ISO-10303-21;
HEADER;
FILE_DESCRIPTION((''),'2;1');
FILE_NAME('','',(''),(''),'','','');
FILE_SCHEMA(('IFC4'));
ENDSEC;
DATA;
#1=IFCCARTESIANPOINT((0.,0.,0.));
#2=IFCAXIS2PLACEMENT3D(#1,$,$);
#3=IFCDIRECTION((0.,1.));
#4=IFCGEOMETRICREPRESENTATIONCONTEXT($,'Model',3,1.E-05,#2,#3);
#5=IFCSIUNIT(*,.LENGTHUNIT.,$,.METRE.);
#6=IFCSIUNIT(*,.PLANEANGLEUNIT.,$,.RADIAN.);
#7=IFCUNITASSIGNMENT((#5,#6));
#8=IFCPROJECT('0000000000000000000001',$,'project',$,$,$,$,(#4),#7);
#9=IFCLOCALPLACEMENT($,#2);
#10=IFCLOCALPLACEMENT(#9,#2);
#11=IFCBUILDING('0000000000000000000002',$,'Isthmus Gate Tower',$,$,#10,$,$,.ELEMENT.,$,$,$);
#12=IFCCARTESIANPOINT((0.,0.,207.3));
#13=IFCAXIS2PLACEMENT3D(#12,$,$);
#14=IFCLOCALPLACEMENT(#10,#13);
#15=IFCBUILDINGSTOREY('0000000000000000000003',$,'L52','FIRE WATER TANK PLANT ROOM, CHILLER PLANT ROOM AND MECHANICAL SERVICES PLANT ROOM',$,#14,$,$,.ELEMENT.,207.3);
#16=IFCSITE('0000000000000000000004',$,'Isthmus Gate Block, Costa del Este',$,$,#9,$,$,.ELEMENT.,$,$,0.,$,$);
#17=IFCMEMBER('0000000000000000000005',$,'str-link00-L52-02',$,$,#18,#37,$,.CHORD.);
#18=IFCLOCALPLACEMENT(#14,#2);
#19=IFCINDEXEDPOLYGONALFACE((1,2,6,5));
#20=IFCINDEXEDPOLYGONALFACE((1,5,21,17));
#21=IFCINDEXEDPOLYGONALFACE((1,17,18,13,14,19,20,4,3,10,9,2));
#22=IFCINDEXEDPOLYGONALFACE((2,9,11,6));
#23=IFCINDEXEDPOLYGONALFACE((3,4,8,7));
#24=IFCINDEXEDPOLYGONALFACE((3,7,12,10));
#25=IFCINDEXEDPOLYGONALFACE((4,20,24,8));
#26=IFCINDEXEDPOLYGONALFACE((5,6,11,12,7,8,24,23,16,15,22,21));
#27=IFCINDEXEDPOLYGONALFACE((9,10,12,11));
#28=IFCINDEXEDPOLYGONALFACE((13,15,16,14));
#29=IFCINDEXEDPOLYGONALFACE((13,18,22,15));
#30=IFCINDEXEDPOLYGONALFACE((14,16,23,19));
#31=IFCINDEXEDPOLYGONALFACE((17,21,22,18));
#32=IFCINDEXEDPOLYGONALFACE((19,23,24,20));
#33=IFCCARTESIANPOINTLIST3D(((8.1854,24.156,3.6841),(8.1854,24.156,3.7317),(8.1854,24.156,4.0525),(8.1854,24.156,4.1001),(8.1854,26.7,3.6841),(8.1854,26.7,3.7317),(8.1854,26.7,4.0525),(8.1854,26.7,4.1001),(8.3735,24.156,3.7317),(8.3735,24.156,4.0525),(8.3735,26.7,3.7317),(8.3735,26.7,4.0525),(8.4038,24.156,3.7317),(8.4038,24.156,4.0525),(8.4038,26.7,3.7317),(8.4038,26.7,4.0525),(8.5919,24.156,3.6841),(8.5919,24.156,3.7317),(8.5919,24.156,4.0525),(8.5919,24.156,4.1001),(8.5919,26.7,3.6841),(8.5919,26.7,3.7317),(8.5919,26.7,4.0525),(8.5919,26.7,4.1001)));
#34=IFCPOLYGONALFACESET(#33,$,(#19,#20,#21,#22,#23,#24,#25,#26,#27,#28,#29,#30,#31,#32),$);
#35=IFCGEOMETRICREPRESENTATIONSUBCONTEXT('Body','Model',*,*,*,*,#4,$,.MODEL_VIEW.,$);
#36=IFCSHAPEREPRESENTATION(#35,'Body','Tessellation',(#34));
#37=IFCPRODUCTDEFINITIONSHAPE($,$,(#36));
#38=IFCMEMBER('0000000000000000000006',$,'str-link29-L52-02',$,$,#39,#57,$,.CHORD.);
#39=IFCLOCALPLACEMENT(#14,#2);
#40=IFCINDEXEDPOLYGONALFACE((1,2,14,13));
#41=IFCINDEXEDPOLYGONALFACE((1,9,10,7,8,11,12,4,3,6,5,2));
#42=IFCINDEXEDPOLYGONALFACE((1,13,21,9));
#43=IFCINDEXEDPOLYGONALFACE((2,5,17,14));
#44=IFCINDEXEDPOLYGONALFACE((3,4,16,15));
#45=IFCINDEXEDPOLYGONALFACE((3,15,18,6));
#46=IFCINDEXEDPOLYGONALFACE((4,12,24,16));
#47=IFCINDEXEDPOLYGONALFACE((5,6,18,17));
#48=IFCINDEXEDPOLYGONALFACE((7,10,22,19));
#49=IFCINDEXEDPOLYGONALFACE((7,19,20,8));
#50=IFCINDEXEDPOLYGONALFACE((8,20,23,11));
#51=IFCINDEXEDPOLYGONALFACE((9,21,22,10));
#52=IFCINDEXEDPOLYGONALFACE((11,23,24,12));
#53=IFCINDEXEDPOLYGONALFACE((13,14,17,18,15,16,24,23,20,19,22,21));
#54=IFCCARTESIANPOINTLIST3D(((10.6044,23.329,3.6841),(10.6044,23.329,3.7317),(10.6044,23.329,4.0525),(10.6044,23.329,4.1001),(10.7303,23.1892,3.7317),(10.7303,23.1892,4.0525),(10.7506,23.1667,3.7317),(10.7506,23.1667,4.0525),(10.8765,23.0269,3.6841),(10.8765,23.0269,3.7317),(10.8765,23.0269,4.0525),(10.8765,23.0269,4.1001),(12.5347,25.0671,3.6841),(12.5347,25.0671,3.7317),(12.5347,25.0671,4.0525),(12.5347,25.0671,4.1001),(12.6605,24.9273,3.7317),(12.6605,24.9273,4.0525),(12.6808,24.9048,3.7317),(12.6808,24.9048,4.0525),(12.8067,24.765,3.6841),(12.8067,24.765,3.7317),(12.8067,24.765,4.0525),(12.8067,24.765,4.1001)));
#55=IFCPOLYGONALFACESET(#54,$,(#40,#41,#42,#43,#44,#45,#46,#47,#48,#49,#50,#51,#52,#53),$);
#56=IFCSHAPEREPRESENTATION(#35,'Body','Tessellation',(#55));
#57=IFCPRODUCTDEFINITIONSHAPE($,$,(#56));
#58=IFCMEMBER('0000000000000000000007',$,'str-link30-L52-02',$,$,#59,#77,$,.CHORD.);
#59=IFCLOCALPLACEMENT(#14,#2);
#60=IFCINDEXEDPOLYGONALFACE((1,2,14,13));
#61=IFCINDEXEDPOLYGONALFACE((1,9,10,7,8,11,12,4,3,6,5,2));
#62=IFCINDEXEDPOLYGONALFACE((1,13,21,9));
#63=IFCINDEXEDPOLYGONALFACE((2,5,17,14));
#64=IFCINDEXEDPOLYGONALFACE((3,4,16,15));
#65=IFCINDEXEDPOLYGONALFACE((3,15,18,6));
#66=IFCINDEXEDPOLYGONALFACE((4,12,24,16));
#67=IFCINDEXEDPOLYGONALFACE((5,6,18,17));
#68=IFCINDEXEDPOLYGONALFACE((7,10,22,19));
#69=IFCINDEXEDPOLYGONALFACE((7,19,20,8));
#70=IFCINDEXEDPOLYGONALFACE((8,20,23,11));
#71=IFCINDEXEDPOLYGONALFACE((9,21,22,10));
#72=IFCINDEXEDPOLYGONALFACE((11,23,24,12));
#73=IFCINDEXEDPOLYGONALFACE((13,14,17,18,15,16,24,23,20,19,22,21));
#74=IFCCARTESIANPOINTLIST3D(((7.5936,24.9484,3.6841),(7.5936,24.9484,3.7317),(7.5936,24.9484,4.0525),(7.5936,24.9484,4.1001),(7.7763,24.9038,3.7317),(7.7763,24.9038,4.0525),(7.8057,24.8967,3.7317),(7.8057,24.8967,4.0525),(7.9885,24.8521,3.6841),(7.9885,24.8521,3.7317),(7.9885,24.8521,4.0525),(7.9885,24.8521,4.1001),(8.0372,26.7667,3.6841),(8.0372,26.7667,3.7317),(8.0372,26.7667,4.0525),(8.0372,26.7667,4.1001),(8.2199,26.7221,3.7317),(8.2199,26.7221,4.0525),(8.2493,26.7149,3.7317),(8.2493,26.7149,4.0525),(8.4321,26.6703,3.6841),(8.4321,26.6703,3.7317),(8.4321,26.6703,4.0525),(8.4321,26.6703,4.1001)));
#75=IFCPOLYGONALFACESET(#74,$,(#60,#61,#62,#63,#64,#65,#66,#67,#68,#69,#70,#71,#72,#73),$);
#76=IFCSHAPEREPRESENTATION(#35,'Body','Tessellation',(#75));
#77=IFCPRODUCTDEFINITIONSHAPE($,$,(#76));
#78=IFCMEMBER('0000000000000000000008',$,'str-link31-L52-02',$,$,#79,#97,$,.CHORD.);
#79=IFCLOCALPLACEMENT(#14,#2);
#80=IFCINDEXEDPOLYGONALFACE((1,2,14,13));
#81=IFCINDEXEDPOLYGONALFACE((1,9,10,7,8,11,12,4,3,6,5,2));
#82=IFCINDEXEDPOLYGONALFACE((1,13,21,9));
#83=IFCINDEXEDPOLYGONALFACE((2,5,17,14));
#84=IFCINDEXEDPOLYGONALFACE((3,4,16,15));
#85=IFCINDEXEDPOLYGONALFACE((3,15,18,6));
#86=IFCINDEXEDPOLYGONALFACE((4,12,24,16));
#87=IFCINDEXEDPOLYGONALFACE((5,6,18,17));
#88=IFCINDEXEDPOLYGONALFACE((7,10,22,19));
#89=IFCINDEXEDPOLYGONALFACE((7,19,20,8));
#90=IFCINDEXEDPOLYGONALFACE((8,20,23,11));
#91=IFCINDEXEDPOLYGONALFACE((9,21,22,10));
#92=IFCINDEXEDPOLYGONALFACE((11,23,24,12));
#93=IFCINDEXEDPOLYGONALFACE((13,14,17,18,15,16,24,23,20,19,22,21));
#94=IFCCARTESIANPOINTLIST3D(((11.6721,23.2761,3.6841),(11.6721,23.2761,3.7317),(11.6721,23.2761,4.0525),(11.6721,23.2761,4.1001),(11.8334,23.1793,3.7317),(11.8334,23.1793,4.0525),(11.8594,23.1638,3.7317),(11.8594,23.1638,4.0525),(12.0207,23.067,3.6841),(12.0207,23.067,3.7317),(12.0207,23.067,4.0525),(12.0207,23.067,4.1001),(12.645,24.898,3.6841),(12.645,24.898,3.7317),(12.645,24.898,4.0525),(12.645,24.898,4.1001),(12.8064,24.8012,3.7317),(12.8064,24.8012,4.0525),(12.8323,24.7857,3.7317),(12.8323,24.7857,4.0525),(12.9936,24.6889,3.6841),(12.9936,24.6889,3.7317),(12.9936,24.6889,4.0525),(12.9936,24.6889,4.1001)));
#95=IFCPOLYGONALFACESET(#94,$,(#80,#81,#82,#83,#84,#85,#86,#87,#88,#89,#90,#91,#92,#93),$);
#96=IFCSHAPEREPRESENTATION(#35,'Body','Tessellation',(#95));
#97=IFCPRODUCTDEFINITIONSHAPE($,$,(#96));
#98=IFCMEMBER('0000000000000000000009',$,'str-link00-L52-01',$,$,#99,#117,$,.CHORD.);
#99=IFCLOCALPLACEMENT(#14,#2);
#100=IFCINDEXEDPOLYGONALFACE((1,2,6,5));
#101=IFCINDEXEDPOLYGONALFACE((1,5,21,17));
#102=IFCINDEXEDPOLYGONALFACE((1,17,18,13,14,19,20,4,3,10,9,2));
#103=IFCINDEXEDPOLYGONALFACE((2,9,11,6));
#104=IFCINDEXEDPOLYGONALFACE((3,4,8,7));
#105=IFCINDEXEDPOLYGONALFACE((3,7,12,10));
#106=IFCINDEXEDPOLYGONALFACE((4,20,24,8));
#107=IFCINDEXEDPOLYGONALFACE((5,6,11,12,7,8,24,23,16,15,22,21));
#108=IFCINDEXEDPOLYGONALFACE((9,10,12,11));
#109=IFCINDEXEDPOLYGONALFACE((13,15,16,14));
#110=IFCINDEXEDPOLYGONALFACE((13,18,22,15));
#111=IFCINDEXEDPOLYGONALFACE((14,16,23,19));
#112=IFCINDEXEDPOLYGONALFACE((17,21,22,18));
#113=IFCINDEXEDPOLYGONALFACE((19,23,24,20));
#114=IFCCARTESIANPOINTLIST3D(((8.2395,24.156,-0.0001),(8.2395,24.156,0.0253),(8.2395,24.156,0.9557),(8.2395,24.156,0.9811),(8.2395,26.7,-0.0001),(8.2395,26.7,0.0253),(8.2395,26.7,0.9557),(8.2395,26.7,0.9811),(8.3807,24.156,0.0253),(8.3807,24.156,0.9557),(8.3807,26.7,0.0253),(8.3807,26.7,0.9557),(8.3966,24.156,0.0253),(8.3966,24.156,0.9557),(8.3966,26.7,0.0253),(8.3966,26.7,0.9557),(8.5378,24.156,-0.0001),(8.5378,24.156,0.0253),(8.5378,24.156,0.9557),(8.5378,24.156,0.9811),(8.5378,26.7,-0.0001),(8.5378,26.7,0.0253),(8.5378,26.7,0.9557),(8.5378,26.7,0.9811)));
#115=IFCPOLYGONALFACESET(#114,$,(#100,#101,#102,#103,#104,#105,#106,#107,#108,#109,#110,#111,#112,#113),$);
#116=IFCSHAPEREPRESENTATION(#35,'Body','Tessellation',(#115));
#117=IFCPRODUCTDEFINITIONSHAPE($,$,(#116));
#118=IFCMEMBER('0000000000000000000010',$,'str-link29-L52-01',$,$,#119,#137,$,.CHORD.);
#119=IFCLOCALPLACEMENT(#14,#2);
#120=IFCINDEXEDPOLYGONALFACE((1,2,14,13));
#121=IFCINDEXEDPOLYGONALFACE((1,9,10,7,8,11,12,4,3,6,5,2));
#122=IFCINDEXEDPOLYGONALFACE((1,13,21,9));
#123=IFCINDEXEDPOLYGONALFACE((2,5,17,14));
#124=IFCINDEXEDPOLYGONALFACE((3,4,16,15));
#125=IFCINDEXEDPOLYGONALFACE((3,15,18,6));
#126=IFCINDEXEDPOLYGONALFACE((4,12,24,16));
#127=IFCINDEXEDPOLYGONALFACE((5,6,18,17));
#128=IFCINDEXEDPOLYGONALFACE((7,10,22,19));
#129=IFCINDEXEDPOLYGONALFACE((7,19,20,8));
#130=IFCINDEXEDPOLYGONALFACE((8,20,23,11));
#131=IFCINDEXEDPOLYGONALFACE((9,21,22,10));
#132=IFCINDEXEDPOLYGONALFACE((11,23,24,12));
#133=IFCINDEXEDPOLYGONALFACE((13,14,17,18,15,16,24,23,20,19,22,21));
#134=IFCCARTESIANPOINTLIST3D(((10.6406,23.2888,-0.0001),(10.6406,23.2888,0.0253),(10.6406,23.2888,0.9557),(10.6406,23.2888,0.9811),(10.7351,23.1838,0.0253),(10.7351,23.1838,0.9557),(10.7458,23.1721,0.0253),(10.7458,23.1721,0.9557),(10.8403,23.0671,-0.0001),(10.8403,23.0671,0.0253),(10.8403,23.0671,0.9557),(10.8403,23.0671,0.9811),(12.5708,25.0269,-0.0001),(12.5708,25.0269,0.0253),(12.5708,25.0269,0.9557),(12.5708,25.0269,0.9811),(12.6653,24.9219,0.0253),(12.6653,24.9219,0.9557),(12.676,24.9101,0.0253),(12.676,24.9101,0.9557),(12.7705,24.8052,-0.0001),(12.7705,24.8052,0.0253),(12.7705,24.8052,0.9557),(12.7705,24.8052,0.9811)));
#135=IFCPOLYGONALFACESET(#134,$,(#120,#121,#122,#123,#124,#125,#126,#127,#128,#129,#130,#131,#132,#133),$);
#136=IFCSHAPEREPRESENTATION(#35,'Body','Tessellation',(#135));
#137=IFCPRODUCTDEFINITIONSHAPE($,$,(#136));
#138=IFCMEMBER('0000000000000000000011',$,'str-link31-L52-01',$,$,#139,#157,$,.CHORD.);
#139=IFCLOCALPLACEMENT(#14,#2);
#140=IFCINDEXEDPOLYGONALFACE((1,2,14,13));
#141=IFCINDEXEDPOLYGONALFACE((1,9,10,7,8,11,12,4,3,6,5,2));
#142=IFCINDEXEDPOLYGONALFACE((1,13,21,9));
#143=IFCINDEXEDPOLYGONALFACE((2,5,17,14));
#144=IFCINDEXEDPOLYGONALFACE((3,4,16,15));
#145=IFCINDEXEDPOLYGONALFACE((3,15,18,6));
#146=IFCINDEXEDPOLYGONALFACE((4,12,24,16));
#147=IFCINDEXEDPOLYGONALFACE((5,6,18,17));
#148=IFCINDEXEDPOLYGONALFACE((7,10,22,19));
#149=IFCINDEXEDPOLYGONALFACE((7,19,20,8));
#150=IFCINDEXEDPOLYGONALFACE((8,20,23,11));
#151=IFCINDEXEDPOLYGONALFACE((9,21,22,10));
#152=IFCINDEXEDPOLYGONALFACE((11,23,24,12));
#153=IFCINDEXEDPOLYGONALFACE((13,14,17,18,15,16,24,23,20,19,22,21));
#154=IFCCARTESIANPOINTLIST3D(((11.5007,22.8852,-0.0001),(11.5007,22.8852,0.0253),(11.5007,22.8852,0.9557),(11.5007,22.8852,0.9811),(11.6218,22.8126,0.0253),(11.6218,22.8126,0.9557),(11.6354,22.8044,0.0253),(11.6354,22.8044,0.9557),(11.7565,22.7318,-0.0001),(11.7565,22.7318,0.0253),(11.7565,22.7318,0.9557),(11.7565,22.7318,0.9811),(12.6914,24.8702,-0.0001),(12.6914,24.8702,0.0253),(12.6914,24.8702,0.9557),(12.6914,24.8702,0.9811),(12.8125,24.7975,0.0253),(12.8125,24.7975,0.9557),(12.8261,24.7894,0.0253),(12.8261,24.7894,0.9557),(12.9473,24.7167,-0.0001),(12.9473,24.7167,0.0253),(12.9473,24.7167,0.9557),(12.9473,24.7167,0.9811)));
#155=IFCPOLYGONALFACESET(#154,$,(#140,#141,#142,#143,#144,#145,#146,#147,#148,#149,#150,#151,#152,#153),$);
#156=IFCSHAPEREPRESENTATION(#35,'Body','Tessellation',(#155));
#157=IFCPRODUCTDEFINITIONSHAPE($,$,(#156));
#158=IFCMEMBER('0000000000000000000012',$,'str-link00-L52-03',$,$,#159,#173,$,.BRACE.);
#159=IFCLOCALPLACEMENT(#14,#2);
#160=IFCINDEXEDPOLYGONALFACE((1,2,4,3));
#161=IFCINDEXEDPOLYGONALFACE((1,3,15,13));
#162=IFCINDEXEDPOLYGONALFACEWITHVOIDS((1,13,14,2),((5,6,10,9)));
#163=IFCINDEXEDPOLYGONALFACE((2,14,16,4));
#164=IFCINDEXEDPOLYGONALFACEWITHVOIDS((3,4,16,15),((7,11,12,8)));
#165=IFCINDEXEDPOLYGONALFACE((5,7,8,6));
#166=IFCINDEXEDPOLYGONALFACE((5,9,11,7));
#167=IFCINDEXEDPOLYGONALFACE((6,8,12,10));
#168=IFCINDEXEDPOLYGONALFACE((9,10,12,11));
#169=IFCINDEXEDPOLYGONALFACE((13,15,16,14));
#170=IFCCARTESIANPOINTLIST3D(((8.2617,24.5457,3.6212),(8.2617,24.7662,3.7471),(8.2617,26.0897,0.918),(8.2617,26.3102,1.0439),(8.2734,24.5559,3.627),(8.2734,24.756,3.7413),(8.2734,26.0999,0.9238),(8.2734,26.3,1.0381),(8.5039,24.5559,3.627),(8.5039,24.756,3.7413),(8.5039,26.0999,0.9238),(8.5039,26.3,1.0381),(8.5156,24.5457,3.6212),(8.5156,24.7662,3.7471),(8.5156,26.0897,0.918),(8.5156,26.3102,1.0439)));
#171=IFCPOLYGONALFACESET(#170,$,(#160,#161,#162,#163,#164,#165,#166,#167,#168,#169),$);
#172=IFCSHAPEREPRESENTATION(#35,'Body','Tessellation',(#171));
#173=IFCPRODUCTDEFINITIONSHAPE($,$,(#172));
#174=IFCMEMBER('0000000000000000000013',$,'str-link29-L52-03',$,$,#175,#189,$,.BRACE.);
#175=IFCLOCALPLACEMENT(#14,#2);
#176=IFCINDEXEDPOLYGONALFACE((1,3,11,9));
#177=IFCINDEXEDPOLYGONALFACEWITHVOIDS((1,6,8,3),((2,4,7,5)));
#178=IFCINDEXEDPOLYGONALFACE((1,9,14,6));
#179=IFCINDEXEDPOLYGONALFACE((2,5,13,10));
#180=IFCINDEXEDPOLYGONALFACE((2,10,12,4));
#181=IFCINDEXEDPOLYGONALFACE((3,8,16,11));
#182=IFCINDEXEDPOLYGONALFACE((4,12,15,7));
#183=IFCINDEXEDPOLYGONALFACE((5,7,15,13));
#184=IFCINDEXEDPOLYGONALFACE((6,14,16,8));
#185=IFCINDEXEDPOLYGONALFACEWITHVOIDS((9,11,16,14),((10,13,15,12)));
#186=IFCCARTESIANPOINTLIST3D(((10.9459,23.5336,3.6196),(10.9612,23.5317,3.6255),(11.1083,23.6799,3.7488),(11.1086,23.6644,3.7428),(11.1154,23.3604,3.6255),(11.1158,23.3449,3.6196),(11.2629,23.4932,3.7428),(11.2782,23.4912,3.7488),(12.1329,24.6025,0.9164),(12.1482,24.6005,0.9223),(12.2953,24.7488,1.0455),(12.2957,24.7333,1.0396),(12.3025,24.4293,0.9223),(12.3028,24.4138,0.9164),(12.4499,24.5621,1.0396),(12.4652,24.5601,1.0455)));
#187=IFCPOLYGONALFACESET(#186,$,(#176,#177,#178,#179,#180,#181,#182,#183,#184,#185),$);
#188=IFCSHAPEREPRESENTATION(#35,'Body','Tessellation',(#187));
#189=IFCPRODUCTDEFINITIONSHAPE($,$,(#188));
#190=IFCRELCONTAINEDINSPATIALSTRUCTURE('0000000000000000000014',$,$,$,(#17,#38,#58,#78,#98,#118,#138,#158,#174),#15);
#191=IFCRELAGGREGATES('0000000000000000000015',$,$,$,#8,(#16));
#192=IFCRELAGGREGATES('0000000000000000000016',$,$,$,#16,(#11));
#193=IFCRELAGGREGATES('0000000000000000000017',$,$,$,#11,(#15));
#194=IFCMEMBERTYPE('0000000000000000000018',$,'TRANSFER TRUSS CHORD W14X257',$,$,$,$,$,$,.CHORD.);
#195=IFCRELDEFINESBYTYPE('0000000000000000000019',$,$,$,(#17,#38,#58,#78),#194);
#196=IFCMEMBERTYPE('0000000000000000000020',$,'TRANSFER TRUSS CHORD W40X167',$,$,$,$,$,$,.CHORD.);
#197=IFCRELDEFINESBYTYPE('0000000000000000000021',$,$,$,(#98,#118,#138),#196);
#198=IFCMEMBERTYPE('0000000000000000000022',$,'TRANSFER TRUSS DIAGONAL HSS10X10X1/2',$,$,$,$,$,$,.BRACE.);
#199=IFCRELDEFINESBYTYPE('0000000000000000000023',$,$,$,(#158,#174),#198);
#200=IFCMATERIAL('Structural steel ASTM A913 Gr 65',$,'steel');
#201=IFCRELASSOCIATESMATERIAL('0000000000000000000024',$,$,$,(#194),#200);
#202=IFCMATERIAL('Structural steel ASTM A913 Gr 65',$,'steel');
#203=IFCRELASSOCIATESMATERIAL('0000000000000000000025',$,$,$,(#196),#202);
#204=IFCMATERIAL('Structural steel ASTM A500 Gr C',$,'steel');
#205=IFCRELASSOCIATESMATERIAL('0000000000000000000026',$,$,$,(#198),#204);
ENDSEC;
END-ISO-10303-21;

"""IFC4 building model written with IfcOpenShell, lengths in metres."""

from ifc_helpers import new_model, si_unit, direction, frame, origin, origin_2d, place, context, subcontext, project, spatial, hollow_rectangle, i_section, extrude, material, material_profile, profile_set, type_object, element, save


model = new_model("IFC4")

# Units and contexts
model_context = context("Model", 3, precision=1e-05, world=origin(), true_north=direction((0.0, 1.0)))
body_context = subcontext(model_context, "Body", "Model", "MODEL_VIEW")
ifc_project = project(units=[si_unit("LENGTHUNIT", "METRE"), si_unit("PLANEANGLEUNIT", "RADIAN")], contexts=[model_context])

# Site, building, storey
site_placement = place(None, origin())
site = spatial("IfcSite", under=ifc_project, at=site_placement, Name="Isthmus Gate Block, Costa del Este", CompositionType="ELEMENT", RefElevation=0.0)
building_placement = place(site_placement, origin())
building = spatial("IfcBuilding", under=site, at=building_placement, Name="Isthmus Gate Tower", CompositionType="ELEMENT")
storey_placement = place(building_placement, frame((0.0, 0.0, 207.3)))
storey = spatial("IfcBuildingStorey", under=building, at=storey_placement, Name="L52", Description="FIRE WATER TANK PLANT ROOM, CHILLER PLANT ROOM AND MECHANICAL SERVICES PLANT ROOM", CompositionType="ELEMENT", Elevation=207.3)

# Members
ifc_material_1 = material(Name="Structural steel ASTM A913 Gr 65", Category="steel")
ifc_material_profile_1 = material_profile(ifc_material_1, i_section(OverallWidth=0.4065, OverallDepth=0.416, WebThickness=0.0303, FlangeThickness=0.0476, at=origin_2d()), Name="W14X257")
ifc_profile_set_1 = profile_set([ifc_material_profile_1], Name="Structural steel ASTM A913 Gr 65")
member_type_1 = type_object("IfcMemberType", Name="TRANSFER TRUSS CHORD W14X257", PredefinedType="CHORD", material=ifc_profile_set_1)
member_1_placement = place(storey_placement, frame((8.3887, 26.7, 3.8921), z_axis=(0.0, -1.0, 0.0), x_axis=(1.0, 0.0, 0.0)))
element("IfcMember", 1, at=member_1_placement, inside=storey, type_object=member_type_1, Name="str-link00-L52-02", PredefinedType="CHORD", context=body_context, shape_type="SweptSolid", body=[
    extrude(i_section(OverallWidth=0.4065, OverallDepth=0.416, WebThickness=0.0303, FlangeThickness=0.0476, at=origin_2d()), origin(), (0.0, 0.0, 1.0), 2.5439),
])
member_2_placement = place(storey_placement, frame((12.6707, 24.916, 3.8921), z_axis=(-0.743126, -0.669152, 0.0), x_axis=(0.669152, -0.743126, 0.0)))
element("IfcMember", 2, at=member_2_placement, inside=storey, type_object=member_type_1, Name="str-link29-L52-02", PredefinedType="CHORD", context=body_context, shape_type="SweptSolid", body=[
    extrude(i_section(OverallWidth=0.4065, OverallDepth=0.416, WebThickness=0.0303, FlangeThickness=0.0476, at=origin_2d()), origin(), (0.0, 0.0, 1.0), 2.5974),
])
member_3_placement = place(storey_placement, frame((8.2346, 26.7185, 3.8921), z_axis=(-0.237007, -0.971508, 0.0), x_axis=(0.971508, -0.237007, 0.0)))
element("IfcMember", 3, at=member_3_placement, inside=storey, type_object=member_type_1, Name="str-link30-L52-02", PredefinedType="CHORD", context=body_context, shape_type="SweptSolid", body=[
    extrude(i_section(OverallWidth=0.4065, OverallDepth=0.416, WebThickness=0.0303, FlangeThickness=0.0476, at=origin_2d()), origin(), (0.0, 0.0, 1.0), 1.8716),
])
member_4_placement = place(storey_placement, frame((12.8193, 24.7935, 3.8921), z_axis=(-0.51442, -0.857538, 0.0), x_axis=(0.857538, -0.51442, 0.0)))
element("IfcMember", 4, at=member_4_placement, inside=storey, type_object=member_type_1, Name="str-link31-L52-02", PredefinedType="CHORD", context=body_context, shape_type="SweptSolid", body=[
    extrude(i_section(OverallWidth=0.4065, OverallDepth=0.416, WebThickness=0.0303, FlangeThickness=0.0476, at=origin_2d()), origin(), (0.0, 0.0, 1.0), 1.8914),
])
ifc_material_2 = material(Name="Structural steel ASTM A913 Gr 65", Category="steel")
ifc_material_profile_2 = material_profile(ifc_material_2, i_section(OverallWidth=0.2983, OverallDepth=0.9812, WebThickness=0.0159, FlangeThickness=0.0254, at=origin_2d()), Name="W40X167")
ifc_profile_set_2 = profile_set([ifc_material_profile_2], Name="Structural steel ASTM A913 Gr 65")
member_type_2 = type_object("IfcMemberType", Name="TRANSFER TRUSS CHORD W40X167", PredefinedType="CHORD", material=ifc_profile_set_2)
member_5_placement = place(storey_placement, frame((8.3887, 26.7, 0.4905), z_axis=(0.0, -1.0, 0.0), x_axis=(1.0, 0.0, 0.0)))
element("IfcMember", 5, at=member_5_placement, inside=storey, type_object=member_type_2, Name="str-link00-L52-01", PredefinedType="CHORD", context=body_context, shape_type="SweptSolid", body=[
    extrude(i_section(OverallWidth=0.2983, OverallDepth=0.9812, WebThickness=0.0159, FlangeThickness=0.0254, at=origin_2d()), origin(), (0.0, 0.0, 1.0), 2.5439),
])
member_6_placement = place(storey_placement, frame((12.6707, 24.916, 0.4905), z_axis=(-0.743126, -0.669152, 0.0), x_axis=(0.669152, -0.743126, 0.0)))
element("IfcMember", 6, at=member_6_placement, inside=storey, type_object=member_type_2, Name="str-link29-L52-01", PredefinedType="CHORD", context=body_context, shape_type="SweptSolid", body=[
    extrude(i_section(OverallWidth=0.2983, OverallDepth=0.9812, WebThickness=0.0159, FlangeThickness=0.0254, at=origin_2d()), origin(), (0.0, 0.0, 1.0), 2.5974),
])
member_7_placement = place(storey_placement, frame((12.8193, 24.7935, 0.4905), z_axis=(-0.514418, -0.857539, 0.0), x_axis=(0.857539, -0.514418, 0.0)))
element("IfcMember", 7, at=member_7_placement, inside=storey, type_object=member_type_2, Name="str-link31-L52-01", PredefinedType="CHORD", context=body_context, shape_type="SweptSolid", body=[
    extrude(i_section(OverallWidth=0.2983, OverallDepth=0.9812, WebThickness=0.0159, FlangeThickness=0.0254, at=origin_2d()), origin(), (0.0, 0.0, 1.0), 2.3147),
])
ifc_material_3 = material(Name="Structural steel ASTM A500 Gr C", Category="steel")
ifc_material_profile_3 = material_profile(ifc_material_3, hollow_rectangle(XDim=0.2539, YDim=0.2539, WallThickness=0.0117, at=origin_2d()), Name="HSS10X10X1/2")
ifc_profile_set_3 = profile_set([ifc_material_profile_3], Name="Structural steel ASTM A500 Gr C")
member_type_3 = type_object("IfcMemberType", Name="TRANSFER TRUSS DIAGONAL HSS10X10X1/2", PredefinedType="BRACE", material=ifc_profile_set_3)
member_8_placement = place(storey_placement, frame((8.3887, 26.2, 0.981), z_axis=(0.0, -0.49597, 0.86834), x_axis=(1.0, 0.0, 0.0)))
element("IfcMember", 8, at=member_8_placement, inside=storey, type_object=member_type_3, Name="str-link00-L52-03", PredefinedType="BRACE", context=body_context, shape_type="SweptSolid", body=[
    extrude(hollow_rectangle(XDim=0.2539, YDim=0.2539, WallThickness=0.0117, at=origin_2d()), origin(), (0.0, 0.0, 1.0), 3.113),
])
member_9_placement = place(storey_placement, frame((12.2991, 24.5813, 0.981), z_axis=(-0.378054, -0.340419, 0.860924), x_axis=(0.66915, -0.743127, 0.0)))
element("IfcMember", 9, at=member_9_placement, inside=storey, type_object=member_type_3, Name="str-link29-L52-03", PredefinedType="BRACE", context=body_context, shape_type="SweptSolid", body=[
    extrude(hollow_rectangle(XDim=0.2539, YDim=0.2539, WallThickness=0.0117, at=origin_2d()), origin(), (0.0, 0.0, 1.0), 3.1399),
])

save(model, "model.ifc")
